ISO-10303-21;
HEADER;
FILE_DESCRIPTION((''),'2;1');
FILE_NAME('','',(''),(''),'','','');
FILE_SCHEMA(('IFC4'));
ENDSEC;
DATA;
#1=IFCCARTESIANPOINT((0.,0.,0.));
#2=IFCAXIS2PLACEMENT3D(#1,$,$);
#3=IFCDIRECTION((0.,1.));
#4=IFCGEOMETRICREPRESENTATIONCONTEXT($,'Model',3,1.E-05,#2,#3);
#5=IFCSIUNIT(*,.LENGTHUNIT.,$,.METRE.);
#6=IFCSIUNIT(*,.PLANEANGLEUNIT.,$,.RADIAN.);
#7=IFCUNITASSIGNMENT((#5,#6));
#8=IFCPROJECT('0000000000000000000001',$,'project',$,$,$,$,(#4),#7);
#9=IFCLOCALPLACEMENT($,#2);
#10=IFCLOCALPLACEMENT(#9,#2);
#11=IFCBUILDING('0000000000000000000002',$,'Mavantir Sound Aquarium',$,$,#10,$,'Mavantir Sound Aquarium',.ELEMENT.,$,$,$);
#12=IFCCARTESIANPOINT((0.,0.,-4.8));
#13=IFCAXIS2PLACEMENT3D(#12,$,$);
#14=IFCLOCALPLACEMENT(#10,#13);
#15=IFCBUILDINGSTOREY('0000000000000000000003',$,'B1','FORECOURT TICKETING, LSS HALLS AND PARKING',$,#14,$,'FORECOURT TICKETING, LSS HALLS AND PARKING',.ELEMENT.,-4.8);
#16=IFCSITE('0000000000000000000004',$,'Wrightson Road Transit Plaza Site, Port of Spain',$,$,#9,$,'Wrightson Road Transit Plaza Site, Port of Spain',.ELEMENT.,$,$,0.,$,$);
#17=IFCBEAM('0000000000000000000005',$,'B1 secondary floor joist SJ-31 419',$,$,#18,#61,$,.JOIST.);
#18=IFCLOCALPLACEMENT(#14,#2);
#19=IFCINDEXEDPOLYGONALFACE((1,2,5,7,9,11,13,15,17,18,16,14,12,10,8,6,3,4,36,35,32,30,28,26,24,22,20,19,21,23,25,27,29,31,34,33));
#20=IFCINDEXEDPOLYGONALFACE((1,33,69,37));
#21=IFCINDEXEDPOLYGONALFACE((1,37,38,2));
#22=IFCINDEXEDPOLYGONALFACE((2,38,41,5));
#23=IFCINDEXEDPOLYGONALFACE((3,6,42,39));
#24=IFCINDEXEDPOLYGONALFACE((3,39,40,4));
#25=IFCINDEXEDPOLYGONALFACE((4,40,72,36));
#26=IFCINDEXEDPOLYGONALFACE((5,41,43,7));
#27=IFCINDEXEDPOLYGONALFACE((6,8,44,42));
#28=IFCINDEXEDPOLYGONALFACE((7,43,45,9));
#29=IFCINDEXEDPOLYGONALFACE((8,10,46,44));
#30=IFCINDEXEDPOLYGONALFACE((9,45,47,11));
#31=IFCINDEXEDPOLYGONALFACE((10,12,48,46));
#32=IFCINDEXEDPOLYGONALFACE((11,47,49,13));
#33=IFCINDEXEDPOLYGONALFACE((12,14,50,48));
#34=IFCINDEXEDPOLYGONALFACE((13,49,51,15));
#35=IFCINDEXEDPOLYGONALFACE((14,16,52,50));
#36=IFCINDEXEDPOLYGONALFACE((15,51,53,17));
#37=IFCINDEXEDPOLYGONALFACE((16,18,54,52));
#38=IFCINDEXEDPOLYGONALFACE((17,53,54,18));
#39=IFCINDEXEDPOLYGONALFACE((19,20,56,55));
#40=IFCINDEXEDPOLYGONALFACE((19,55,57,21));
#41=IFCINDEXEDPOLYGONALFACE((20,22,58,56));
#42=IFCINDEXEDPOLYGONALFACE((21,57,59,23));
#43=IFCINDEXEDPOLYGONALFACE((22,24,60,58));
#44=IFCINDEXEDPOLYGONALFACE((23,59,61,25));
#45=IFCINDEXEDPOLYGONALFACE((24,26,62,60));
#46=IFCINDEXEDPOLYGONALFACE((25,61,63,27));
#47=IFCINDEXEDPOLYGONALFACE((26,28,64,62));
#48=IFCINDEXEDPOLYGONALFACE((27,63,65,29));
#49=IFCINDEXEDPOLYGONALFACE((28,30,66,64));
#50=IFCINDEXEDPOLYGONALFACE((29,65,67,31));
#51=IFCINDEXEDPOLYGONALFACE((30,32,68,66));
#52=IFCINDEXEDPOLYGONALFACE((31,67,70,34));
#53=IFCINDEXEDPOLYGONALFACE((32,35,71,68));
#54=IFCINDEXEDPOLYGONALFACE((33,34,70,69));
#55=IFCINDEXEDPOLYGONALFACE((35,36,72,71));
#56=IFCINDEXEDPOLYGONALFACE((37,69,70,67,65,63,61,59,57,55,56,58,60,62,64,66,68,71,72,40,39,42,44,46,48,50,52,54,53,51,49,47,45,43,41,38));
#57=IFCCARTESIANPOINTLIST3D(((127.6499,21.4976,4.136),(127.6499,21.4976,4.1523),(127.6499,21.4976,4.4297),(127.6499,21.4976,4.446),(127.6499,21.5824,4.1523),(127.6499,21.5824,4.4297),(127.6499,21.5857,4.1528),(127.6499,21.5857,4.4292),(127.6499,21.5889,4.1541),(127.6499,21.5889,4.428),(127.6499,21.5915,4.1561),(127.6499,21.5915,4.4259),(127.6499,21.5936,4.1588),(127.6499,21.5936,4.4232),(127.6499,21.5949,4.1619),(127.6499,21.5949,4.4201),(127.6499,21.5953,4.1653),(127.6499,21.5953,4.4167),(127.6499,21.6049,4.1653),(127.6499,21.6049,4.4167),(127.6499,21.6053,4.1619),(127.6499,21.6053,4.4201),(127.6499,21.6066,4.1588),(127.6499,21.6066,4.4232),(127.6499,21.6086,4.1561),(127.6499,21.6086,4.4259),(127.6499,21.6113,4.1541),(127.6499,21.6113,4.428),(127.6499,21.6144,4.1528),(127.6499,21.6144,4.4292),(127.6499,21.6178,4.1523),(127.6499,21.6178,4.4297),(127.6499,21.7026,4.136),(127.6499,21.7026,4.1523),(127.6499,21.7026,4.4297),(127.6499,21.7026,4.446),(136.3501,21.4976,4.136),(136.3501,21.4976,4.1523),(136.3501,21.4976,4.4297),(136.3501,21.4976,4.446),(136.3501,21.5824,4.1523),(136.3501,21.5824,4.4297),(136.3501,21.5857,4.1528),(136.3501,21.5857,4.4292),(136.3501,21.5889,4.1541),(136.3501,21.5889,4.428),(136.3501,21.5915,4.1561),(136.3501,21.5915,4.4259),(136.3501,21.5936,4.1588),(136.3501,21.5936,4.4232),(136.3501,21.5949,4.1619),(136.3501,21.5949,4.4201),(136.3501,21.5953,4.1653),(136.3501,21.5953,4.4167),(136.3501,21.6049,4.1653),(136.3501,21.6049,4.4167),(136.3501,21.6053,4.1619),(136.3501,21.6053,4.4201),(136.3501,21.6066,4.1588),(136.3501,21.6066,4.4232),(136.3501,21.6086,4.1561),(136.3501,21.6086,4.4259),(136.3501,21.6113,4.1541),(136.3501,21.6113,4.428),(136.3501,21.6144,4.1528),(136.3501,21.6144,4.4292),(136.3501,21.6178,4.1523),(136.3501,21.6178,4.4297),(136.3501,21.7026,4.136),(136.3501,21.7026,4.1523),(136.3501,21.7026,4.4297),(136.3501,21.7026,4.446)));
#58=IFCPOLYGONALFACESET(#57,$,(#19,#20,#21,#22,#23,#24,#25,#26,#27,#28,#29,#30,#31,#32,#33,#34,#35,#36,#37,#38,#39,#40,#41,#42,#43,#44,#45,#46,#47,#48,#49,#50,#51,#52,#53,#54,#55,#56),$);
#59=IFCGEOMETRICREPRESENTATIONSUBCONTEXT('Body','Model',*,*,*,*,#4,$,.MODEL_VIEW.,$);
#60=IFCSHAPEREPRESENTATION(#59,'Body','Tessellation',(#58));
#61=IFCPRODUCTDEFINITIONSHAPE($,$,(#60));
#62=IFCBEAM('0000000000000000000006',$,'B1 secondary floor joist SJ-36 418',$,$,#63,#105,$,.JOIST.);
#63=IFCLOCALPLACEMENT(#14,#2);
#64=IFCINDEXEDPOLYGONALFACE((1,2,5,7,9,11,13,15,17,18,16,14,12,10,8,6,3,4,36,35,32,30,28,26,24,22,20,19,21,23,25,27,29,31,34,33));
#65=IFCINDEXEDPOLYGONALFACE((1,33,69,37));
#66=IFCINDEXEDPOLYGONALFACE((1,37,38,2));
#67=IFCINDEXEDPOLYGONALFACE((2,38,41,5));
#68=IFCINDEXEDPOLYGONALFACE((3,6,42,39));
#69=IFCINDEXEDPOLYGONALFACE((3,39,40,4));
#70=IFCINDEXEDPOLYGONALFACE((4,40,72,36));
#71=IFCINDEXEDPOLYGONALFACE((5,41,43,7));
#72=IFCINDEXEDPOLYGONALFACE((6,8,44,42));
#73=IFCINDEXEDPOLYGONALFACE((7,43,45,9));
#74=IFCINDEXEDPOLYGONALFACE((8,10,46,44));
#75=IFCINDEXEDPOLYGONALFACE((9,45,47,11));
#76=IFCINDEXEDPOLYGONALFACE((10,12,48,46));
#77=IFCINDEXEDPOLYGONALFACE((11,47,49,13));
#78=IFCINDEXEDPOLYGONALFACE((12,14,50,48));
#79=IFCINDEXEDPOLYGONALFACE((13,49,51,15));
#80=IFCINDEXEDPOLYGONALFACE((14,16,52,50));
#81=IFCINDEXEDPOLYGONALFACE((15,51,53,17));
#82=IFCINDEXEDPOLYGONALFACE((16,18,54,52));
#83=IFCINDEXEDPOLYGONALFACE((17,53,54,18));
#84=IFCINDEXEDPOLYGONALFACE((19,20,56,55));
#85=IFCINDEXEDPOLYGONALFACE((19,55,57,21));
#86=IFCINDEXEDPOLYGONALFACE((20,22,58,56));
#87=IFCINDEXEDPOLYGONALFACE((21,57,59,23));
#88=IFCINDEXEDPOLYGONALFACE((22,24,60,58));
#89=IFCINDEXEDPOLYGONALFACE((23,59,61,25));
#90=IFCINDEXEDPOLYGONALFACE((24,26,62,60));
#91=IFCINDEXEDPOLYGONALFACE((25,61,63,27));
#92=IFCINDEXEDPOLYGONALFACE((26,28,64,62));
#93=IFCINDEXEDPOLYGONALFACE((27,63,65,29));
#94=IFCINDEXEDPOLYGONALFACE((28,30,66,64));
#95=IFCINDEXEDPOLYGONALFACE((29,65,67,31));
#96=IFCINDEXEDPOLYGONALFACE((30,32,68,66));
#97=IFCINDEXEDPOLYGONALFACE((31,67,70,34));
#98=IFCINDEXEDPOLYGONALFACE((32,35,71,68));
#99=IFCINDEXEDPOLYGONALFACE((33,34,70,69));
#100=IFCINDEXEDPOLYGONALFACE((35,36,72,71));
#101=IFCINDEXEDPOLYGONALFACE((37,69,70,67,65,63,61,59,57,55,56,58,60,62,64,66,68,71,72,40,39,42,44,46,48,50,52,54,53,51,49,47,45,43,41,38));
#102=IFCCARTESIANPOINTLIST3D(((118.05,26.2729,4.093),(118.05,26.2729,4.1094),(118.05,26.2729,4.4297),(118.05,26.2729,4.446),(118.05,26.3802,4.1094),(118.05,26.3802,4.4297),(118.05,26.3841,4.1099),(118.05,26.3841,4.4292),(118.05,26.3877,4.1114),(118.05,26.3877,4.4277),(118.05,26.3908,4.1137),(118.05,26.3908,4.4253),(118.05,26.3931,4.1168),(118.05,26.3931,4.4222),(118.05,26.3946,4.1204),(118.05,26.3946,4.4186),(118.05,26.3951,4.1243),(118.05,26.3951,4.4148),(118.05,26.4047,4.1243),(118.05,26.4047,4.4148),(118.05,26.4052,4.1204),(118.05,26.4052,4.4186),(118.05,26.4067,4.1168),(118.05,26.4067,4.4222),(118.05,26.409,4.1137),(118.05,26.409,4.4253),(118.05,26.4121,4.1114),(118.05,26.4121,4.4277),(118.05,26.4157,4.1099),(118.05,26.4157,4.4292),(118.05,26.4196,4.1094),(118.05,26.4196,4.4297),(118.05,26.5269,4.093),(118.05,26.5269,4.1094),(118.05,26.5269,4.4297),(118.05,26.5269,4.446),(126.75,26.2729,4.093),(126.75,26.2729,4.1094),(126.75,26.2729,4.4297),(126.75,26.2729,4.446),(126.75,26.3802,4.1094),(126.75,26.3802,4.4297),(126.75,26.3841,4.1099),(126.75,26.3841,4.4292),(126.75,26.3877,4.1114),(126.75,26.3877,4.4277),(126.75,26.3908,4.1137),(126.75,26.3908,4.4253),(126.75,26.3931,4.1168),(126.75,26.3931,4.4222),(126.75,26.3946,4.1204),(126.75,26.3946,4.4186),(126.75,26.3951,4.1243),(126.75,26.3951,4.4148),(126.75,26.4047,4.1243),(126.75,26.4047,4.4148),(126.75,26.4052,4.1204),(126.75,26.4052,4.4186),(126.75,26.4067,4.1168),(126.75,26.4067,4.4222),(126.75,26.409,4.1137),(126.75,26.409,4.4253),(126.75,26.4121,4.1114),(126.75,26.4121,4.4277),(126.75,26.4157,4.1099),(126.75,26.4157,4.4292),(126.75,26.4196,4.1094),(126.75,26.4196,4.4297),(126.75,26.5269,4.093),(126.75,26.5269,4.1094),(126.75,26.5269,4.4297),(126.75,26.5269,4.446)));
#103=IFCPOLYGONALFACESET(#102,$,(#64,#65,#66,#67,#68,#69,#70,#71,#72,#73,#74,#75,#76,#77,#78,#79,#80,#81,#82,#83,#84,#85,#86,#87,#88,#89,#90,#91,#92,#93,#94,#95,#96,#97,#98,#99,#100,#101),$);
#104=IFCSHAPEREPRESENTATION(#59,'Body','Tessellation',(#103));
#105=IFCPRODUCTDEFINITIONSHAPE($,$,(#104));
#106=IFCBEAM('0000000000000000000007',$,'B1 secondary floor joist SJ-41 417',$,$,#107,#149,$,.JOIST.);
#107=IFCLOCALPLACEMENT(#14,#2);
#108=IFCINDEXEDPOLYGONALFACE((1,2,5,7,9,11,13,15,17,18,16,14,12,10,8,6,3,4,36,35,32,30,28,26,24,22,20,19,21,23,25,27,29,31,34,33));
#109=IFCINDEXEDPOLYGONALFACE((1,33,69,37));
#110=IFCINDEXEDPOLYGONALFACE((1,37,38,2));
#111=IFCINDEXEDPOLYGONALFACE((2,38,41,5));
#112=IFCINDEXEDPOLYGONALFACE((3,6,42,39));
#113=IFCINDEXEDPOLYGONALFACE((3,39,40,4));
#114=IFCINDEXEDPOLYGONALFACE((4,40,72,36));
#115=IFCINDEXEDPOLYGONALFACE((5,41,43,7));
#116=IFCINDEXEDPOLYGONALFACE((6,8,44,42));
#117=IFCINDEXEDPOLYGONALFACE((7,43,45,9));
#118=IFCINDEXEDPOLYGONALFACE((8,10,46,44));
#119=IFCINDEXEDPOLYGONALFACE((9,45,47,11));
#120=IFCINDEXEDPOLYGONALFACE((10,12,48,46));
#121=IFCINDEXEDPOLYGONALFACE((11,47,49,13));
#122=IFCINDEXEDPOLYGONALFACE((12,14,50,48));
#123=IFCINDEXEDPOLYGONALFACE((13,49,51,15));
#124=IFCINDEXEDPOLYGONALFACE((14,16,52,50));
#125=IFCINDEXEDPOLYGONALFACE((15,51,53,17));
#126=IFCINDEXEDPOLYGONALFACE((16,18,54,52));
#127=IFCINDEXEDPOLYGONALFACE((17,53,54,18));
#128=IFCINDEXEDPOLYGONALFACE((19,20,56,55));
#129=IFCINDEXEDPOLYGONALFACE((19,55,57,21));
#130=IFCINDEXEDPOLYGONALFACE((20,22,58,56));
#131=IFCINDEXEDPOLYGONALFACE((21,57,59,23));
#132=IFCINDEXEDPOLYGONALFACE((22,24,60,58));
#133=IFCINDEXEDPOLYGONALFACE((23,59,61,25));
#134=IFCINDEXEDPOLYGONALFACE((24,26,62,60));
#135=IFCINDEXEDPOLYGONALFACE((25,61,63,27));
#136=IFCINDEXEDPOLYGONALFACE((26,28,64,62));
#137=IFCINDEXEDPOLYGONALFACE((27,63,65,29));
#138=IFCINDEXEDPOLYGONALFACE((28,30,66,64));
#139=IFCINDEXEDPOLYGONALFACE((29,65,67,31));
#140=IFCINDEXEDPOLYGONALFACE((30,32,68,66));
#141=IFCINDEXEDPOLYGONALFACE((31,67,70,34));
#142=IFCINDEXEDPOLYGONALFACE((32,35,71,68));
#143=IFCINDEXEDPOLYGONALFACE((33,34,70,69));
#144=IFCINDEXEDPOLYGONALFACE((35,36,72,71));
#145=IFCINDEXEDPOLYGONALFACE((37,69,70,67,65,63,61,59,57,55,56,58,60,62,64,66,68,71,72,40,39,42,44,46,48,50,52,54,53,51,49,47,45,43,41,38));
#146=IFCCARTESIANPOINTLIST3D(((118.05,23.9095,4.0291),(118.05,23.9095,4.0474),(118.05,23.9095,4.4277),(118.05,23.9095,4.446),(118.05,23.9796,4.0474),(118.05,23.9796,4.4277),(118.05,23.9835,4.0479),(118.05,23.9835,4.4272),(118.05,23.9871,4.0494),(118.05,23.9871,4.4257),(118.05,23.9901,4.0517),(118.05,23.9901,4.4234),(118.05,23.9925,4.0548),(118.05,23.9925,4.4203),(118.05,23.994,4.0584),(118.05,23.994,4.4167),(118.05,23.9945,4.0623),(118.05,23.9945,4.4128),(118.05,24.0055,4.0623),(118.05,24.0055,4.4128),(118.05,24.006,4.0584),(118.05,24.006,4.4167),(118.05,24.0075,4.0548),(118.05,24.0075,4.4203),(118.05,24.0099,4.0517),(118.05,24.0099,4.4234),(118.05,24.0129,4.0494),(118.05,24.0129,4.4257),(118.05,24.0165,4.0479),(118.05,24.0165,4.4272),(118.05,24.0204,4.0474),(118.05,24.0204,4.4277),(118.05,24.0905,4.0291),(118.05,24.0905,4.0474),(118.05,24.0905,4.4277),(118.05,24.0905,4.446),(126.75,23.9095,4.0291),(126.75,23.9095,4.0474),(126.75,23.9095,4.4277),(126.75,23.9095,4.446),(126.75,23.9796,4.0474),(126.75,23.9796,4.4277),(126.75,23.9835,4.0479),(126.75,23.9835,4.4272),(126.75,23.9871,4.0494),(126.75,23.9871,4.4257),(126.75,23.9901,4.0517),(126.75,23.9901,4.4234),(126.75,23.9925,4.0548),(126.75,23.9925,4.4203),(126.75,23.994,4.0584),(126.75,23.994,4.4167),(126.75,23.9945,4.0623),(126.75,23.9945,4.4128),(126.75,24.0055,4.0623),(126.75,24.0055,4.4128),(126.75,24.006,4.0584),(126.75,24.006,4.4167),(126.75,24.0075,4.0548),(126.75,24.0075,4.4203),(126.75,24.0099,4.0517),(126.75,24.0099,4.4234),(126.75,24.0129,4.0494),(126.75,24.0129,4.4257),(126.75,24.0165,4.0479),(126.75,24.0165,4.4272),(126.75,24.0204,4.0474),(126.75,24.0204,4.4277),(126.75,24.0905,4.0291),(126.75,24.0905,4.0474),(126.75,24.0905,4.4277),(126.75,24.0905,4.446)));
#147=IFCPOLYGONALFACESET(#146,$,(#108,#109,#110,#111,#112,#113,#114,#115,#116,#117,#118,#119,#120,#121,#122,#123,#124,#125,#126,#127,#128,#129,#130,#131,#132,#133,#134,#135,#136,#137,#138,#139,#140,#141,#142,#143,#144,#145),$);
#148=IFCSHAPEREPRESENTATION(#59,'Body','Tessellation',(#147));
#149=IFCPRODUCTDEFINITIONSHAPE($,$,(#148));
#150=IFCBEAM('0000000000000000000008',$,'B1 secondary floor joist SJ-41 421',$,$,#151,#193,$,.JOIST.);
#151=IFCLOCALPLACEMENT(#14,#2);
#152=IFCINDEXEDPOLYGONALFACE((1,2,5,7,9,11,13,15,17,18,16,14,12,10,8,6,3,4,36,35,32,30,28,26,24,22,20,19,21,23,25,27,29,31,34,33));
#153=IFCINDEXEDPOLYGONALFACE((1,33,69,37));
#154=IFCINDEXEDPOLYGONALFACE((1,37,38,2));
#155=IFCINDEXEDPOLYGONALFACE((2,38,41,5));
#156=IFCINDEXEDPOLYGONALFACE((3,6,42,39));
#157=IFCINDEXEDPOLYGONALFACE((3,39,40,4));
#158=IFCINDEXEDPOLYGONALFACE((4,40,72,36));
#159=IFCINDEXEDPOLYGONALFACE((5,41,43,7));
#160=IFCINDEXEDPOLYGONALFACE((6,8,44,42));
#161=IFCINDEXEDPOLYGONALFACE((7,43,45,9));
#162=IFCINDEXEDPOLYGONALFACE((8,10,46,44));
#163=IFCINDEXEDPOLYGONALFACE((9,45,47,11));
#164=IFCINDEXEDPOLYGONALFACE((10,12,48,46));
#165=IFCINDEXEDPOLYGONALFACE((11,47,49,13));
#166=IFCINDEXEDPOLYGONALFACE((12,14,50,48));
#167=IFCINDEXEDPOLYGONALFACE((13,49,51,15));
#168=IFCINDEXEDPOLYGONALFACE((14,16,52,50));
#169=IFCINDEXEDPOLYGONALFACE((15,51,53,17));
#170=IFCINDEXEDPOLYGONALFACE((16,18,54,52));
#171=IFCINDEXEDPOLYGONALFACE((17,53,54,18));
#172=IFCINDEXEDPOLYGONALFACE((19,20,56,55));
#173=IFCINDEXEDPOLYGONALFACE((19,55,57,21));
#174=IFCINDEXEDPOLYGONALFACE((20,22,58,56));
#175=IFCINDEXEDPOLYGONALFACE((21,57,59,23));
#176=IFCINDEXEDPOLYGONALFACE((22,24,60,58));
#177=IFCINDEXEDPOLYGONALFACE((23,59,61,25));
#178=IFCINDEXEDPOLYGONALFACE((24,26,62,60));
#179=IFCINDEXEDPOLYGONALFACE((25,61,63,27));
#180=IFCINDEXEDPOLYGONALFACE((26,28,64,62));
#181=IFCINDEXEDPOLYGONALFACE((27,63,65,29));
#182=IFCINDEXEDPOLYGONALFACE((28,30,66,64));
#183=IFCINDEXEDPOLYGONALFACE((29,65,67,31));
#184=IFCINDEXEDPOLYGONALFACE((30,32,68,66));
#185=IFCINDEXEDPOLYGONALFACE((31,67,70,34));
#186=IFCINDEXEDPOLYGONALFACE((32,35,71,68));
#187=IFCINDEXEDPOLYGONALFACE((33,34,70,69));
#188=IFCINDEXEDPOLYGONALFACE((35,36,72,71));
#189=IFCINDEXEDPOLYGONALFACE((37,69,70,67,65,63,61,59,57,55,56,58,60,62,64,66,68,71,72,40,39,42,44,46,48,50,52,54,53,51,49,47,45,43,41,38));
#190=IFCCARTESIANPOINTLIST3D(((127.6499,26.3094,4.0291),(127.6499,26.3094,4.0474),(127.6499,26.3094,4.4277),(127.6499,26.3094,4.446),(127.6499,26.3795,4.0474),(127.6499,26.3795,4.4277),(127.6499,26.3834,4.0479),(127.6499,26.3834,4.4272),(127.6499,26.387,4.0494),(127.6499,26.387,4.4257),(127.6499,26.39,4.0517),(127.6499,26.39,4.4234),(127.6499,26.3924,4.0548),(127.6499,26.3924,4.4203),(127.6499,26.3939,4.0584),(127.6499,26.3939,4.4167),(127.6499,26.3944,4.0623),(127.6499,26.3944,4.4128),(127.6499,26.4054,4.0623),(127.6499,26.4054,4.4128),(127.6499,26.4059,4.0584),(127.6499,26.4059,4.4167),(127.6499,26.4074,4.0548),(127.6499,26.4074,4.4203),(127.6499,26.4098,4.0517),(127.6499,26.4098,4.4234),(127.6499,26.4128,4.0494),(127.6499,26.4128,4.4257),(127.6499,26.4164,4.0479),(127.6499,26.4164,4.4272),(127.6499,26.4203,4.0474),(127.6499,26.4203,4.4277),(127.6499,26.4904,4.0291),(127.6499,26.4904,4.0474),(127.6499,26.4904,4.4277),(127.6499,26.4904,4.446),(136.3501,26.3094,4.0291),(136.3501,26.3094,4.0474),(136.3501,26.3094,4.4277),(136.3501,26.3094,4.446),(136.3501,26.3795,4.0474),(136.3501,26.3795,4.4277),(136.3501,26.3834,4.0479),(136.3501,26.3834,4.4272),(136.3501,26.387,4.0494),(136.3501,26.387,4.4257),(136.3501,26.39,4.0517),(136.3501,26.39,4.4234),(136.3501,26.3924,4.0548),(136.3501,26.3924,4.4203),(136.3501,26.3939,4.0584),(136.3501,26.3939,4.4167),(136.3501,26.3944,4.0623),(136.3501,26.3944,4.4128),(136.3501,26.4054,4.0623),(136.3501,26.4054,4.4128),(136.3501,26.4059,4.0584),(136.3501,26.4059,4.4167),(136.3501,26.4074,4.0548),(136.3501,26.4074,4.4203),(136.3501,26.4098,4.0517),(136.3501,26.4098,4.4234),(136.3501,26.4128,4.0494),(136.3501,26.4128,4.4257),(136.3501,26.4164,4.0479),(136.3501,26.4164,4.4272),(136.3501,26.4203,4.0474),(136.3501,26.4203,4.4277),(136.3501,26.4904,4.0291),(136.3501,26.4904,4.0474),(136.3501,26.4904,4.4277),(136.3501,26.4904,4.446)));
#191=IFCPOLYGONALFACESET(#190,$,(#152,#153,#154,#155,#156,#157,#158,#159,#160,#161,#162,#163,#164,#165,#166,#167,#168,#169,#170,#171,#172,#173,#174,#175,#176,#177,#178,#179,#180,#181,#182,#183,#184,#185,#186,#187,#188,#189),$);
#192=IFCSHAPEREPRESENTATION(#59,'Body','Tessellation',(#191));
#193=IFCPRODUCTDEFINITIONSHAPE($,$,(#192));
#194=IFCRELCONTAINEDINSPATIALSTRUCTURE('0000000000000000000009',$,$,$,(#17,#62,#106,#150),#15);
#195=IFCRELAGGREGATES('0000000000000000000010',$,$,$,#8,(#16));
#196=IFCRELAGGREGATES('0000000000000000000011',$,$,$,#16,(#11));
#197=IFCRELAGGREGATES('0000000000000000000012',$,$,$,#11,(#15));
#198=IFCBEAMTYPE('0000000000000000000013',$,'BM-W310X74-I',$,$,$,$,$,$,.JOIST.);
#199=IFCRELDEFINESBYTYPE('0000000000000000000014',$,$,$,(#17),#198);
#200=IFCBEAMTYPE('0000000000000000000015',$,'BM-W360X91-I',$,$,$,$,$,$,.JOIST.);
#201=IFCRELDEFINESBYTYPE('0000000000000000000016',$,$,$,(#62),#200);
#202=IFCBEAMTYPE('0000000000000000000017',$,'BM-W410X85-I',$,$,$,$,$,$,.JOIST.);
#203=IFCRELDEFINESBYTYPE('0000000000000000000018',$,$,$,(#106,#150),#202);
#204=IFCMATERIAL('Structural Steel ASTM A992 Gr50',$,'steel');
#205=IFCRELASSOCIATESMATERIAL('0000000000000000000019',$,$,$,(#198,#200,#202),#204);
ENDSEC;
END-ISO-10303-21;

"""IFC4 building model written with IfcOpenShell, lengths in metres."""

from ifc_helpers import new_model, si_unit, direction, frame, origin, origin_2d, place, context, subcontext, project, spatial, i_section, extrude, material, material_profile, profile_set, type_object, element, save


model = new_model("IFC4")

# Units and contexts
model_context = context("Model", 3, precision=1e-05, world=origin(), true_north=direction((0.0, 1.0)))
body_context = subcontext(model_context, "Body", "Model", "MODEL_VIEW")
ifc_project = project(units=[si_unit("LENGTHUNIT", "METRE"), si_unit("PLANEANGLEUNIT", "RADIAN")], contexts=[model_context])

# Site, building, storey
site_placement = place(None, origin())
site = spatial("IfcSite", under=ifc_project, at=site_placement, Name="Wrightson Road Transit Plaza Site, Port of Spain", LongName="Wrightson Road Transit Plaza Site, Port of Spain", CompositionType="ELEMENT", RefElevation=0.0)
building_placement = place(site_placement, origin())
building = spatial("IfcBuilding", under=site, at=building_placement, Name="Mavantir Sound Aquarium", LongName="Mavantir Sound Aquarium", CompositionType="ELEMENT")
storey_placement = place(building_placement, frame((0.0, 0.0, -4.8)))
storey = spatial("IfcBuildingStorey", under=building, at=storey_placement, Name="B1", Description="FORECOURT TICKETING, LSS HALLS AND PARKING", LongName="FORECOURT TICKETING, LSS HALLS AND PARKING", CompositionType="ELEMENT", Elevation=-4.8)

# Beams
ifc_material_1 = material(Name="Structural Steel ASTM A992 Gr50", Category="steel")
ifc_material_profile_1 = material_profile(ifc_material_1, i_section(OverallWidth=0.2051, OverallDepth=0.3101, WebThickness=0.0095, FlangeThickness=0.0164, FilletRadius=0.0129, at=origin_2d()), Name="W310X74")
ifc_profile_set_1 = profile_set([ifc_material_profile_1], Name="Structural Steel ASTM A992 Gr50")
beam_type_1 = type_object("IfcBeamType", Name="BM-W310X74-I", PredefinedType="JOIST", material=ifc_profile_set_1)
beam_1_placement = place(storey_placement, frame((127.6499, 21.6001, 4.291), z_axis=(1.0, 0.0, 0.0), x_axis=(0.0, 1.0, 0.0)))
element("IfcBeam", 1, at=beam_1_placement, inside=storey, type_object=beam_type_1, Name="B1 secondary floor joist SJ-31 419", PredefinedType="JOIST", context=body_context, shape_type="SweptSolid", body=[
    extrude(i_section(OverallWidth=0.2051, OverallDepth=0.3101, WebThickness=0.0095, FlangeThickness=0.0164, FilletRadius=0.0129, at=origin_2d()), origin(), (0.0, 0.0, 1.0), 8.7002),
])
ifc_material_profile_2 = material_profile(ifc_material_1, i_section(OverallWidth=0.2539, OverallDepth=0.353, WebThickness=0.0095, FlangeThickness=0.0164, FilletRadius=0.0149, at=origin_2d()), Name="W360X91")
ifc_profile_set_2 = profile_set([ifc_material_profile_2], Name="Structural Steel ASTM A992 Gr50")
beam_type_2 = type_object("IfcBeamType", Name="BM-W360X91-I", PredefinedType="JOIST", material=ifc_profile_set_2)
beam_2_placement = place(storey_placement, frame((118.05, 26.3999, 4.2695), z_axis=(1.0, 0.0, 0.0), x_axis=(0.0, 1.0, 0.0)))
element("IfcBeam", 2, at=beam_2_placement, inside=storey, type_object=beam_type_2, Name="B1 secondary floor joist SJ-36 418", PredefinedType="JOIST", context=body_context, shape_type="SweptSolid", body=[
    extrude(i_section(OverallWidth=0.2539, OverallDepth=0.353, WebThickness=0.0095, FlangeThickness=0.0164, FilletRadius=0.0149, at=origin_2d()), origin(), (0.0, 0.0, 1.0), 8.7),
])
ifc_material_profile_3 = material_profile(ifc_material_1, i_section(OverallWidth=0.1809, OverallDepth=0.417, WebThickness=0.011, FlangeThickness=0.0183, FilletRadius=0.0149, at=origin_2d()), Name="W410X85")
ifc_profile_set_3 = profile_set([ifc_material_profile_3], Name="Structural Steel ASTM A992 Gr50")
beam_type_3 = type_object("IfcBeamType", Name="BM-W410X85-I", PredefinedType="JOIST", material=ifc_profile_set_3)
beam_3_placement = place(storey_placement, frame((118.05, 24.0, 4.2375), z_axis=(1.0, 0.0, 0.0), x_axis=(0.0, 1.0, 0.0)))
element("IfcBeam", 3, at=beam_3_placement, inside=storey, type_object=beam_type_3, Name="B1 secondary floor joist SJ-41 417", PredefinedType="JOIST", context=body_context, shape_type="SweptSolid", body=[
    extrude(i_section(OverallWidth=0.1809, OverallDepth=0.417, WebThickness=0.011, FlangeThickness=0.0183, FilletRadius=0.0149, at=origin_2d()), origin(), (0.0, 0.0, 1.0), 8.7),
])
beam_4_placement = place(storey_placement, frame((127.6499, 26.3999, 4.2375), z_axis=(1.0, 0.0, 0.0), x_axis=(0.0, 1.0, 0.0)))
element("IfcBeam", 4, at=beam_4_placement, inside=storey, type_object=beam_type_3, Name="B1 secondary floor joist SJ-41 421", PredefinedType="JOIST", context=body_context, shape_type="SweptSolid", body=[
    extrude(i_section(OverallWidth=0.1809, OverallDepth=0.417, WebThickness=0.011, FlangeThickness=0.0183, FilletRadius=0.0149, at=origin_2d()), origin(), (0.0, 0.0, 1.0), 8.7002),
])

save(model, "model.ifc")
